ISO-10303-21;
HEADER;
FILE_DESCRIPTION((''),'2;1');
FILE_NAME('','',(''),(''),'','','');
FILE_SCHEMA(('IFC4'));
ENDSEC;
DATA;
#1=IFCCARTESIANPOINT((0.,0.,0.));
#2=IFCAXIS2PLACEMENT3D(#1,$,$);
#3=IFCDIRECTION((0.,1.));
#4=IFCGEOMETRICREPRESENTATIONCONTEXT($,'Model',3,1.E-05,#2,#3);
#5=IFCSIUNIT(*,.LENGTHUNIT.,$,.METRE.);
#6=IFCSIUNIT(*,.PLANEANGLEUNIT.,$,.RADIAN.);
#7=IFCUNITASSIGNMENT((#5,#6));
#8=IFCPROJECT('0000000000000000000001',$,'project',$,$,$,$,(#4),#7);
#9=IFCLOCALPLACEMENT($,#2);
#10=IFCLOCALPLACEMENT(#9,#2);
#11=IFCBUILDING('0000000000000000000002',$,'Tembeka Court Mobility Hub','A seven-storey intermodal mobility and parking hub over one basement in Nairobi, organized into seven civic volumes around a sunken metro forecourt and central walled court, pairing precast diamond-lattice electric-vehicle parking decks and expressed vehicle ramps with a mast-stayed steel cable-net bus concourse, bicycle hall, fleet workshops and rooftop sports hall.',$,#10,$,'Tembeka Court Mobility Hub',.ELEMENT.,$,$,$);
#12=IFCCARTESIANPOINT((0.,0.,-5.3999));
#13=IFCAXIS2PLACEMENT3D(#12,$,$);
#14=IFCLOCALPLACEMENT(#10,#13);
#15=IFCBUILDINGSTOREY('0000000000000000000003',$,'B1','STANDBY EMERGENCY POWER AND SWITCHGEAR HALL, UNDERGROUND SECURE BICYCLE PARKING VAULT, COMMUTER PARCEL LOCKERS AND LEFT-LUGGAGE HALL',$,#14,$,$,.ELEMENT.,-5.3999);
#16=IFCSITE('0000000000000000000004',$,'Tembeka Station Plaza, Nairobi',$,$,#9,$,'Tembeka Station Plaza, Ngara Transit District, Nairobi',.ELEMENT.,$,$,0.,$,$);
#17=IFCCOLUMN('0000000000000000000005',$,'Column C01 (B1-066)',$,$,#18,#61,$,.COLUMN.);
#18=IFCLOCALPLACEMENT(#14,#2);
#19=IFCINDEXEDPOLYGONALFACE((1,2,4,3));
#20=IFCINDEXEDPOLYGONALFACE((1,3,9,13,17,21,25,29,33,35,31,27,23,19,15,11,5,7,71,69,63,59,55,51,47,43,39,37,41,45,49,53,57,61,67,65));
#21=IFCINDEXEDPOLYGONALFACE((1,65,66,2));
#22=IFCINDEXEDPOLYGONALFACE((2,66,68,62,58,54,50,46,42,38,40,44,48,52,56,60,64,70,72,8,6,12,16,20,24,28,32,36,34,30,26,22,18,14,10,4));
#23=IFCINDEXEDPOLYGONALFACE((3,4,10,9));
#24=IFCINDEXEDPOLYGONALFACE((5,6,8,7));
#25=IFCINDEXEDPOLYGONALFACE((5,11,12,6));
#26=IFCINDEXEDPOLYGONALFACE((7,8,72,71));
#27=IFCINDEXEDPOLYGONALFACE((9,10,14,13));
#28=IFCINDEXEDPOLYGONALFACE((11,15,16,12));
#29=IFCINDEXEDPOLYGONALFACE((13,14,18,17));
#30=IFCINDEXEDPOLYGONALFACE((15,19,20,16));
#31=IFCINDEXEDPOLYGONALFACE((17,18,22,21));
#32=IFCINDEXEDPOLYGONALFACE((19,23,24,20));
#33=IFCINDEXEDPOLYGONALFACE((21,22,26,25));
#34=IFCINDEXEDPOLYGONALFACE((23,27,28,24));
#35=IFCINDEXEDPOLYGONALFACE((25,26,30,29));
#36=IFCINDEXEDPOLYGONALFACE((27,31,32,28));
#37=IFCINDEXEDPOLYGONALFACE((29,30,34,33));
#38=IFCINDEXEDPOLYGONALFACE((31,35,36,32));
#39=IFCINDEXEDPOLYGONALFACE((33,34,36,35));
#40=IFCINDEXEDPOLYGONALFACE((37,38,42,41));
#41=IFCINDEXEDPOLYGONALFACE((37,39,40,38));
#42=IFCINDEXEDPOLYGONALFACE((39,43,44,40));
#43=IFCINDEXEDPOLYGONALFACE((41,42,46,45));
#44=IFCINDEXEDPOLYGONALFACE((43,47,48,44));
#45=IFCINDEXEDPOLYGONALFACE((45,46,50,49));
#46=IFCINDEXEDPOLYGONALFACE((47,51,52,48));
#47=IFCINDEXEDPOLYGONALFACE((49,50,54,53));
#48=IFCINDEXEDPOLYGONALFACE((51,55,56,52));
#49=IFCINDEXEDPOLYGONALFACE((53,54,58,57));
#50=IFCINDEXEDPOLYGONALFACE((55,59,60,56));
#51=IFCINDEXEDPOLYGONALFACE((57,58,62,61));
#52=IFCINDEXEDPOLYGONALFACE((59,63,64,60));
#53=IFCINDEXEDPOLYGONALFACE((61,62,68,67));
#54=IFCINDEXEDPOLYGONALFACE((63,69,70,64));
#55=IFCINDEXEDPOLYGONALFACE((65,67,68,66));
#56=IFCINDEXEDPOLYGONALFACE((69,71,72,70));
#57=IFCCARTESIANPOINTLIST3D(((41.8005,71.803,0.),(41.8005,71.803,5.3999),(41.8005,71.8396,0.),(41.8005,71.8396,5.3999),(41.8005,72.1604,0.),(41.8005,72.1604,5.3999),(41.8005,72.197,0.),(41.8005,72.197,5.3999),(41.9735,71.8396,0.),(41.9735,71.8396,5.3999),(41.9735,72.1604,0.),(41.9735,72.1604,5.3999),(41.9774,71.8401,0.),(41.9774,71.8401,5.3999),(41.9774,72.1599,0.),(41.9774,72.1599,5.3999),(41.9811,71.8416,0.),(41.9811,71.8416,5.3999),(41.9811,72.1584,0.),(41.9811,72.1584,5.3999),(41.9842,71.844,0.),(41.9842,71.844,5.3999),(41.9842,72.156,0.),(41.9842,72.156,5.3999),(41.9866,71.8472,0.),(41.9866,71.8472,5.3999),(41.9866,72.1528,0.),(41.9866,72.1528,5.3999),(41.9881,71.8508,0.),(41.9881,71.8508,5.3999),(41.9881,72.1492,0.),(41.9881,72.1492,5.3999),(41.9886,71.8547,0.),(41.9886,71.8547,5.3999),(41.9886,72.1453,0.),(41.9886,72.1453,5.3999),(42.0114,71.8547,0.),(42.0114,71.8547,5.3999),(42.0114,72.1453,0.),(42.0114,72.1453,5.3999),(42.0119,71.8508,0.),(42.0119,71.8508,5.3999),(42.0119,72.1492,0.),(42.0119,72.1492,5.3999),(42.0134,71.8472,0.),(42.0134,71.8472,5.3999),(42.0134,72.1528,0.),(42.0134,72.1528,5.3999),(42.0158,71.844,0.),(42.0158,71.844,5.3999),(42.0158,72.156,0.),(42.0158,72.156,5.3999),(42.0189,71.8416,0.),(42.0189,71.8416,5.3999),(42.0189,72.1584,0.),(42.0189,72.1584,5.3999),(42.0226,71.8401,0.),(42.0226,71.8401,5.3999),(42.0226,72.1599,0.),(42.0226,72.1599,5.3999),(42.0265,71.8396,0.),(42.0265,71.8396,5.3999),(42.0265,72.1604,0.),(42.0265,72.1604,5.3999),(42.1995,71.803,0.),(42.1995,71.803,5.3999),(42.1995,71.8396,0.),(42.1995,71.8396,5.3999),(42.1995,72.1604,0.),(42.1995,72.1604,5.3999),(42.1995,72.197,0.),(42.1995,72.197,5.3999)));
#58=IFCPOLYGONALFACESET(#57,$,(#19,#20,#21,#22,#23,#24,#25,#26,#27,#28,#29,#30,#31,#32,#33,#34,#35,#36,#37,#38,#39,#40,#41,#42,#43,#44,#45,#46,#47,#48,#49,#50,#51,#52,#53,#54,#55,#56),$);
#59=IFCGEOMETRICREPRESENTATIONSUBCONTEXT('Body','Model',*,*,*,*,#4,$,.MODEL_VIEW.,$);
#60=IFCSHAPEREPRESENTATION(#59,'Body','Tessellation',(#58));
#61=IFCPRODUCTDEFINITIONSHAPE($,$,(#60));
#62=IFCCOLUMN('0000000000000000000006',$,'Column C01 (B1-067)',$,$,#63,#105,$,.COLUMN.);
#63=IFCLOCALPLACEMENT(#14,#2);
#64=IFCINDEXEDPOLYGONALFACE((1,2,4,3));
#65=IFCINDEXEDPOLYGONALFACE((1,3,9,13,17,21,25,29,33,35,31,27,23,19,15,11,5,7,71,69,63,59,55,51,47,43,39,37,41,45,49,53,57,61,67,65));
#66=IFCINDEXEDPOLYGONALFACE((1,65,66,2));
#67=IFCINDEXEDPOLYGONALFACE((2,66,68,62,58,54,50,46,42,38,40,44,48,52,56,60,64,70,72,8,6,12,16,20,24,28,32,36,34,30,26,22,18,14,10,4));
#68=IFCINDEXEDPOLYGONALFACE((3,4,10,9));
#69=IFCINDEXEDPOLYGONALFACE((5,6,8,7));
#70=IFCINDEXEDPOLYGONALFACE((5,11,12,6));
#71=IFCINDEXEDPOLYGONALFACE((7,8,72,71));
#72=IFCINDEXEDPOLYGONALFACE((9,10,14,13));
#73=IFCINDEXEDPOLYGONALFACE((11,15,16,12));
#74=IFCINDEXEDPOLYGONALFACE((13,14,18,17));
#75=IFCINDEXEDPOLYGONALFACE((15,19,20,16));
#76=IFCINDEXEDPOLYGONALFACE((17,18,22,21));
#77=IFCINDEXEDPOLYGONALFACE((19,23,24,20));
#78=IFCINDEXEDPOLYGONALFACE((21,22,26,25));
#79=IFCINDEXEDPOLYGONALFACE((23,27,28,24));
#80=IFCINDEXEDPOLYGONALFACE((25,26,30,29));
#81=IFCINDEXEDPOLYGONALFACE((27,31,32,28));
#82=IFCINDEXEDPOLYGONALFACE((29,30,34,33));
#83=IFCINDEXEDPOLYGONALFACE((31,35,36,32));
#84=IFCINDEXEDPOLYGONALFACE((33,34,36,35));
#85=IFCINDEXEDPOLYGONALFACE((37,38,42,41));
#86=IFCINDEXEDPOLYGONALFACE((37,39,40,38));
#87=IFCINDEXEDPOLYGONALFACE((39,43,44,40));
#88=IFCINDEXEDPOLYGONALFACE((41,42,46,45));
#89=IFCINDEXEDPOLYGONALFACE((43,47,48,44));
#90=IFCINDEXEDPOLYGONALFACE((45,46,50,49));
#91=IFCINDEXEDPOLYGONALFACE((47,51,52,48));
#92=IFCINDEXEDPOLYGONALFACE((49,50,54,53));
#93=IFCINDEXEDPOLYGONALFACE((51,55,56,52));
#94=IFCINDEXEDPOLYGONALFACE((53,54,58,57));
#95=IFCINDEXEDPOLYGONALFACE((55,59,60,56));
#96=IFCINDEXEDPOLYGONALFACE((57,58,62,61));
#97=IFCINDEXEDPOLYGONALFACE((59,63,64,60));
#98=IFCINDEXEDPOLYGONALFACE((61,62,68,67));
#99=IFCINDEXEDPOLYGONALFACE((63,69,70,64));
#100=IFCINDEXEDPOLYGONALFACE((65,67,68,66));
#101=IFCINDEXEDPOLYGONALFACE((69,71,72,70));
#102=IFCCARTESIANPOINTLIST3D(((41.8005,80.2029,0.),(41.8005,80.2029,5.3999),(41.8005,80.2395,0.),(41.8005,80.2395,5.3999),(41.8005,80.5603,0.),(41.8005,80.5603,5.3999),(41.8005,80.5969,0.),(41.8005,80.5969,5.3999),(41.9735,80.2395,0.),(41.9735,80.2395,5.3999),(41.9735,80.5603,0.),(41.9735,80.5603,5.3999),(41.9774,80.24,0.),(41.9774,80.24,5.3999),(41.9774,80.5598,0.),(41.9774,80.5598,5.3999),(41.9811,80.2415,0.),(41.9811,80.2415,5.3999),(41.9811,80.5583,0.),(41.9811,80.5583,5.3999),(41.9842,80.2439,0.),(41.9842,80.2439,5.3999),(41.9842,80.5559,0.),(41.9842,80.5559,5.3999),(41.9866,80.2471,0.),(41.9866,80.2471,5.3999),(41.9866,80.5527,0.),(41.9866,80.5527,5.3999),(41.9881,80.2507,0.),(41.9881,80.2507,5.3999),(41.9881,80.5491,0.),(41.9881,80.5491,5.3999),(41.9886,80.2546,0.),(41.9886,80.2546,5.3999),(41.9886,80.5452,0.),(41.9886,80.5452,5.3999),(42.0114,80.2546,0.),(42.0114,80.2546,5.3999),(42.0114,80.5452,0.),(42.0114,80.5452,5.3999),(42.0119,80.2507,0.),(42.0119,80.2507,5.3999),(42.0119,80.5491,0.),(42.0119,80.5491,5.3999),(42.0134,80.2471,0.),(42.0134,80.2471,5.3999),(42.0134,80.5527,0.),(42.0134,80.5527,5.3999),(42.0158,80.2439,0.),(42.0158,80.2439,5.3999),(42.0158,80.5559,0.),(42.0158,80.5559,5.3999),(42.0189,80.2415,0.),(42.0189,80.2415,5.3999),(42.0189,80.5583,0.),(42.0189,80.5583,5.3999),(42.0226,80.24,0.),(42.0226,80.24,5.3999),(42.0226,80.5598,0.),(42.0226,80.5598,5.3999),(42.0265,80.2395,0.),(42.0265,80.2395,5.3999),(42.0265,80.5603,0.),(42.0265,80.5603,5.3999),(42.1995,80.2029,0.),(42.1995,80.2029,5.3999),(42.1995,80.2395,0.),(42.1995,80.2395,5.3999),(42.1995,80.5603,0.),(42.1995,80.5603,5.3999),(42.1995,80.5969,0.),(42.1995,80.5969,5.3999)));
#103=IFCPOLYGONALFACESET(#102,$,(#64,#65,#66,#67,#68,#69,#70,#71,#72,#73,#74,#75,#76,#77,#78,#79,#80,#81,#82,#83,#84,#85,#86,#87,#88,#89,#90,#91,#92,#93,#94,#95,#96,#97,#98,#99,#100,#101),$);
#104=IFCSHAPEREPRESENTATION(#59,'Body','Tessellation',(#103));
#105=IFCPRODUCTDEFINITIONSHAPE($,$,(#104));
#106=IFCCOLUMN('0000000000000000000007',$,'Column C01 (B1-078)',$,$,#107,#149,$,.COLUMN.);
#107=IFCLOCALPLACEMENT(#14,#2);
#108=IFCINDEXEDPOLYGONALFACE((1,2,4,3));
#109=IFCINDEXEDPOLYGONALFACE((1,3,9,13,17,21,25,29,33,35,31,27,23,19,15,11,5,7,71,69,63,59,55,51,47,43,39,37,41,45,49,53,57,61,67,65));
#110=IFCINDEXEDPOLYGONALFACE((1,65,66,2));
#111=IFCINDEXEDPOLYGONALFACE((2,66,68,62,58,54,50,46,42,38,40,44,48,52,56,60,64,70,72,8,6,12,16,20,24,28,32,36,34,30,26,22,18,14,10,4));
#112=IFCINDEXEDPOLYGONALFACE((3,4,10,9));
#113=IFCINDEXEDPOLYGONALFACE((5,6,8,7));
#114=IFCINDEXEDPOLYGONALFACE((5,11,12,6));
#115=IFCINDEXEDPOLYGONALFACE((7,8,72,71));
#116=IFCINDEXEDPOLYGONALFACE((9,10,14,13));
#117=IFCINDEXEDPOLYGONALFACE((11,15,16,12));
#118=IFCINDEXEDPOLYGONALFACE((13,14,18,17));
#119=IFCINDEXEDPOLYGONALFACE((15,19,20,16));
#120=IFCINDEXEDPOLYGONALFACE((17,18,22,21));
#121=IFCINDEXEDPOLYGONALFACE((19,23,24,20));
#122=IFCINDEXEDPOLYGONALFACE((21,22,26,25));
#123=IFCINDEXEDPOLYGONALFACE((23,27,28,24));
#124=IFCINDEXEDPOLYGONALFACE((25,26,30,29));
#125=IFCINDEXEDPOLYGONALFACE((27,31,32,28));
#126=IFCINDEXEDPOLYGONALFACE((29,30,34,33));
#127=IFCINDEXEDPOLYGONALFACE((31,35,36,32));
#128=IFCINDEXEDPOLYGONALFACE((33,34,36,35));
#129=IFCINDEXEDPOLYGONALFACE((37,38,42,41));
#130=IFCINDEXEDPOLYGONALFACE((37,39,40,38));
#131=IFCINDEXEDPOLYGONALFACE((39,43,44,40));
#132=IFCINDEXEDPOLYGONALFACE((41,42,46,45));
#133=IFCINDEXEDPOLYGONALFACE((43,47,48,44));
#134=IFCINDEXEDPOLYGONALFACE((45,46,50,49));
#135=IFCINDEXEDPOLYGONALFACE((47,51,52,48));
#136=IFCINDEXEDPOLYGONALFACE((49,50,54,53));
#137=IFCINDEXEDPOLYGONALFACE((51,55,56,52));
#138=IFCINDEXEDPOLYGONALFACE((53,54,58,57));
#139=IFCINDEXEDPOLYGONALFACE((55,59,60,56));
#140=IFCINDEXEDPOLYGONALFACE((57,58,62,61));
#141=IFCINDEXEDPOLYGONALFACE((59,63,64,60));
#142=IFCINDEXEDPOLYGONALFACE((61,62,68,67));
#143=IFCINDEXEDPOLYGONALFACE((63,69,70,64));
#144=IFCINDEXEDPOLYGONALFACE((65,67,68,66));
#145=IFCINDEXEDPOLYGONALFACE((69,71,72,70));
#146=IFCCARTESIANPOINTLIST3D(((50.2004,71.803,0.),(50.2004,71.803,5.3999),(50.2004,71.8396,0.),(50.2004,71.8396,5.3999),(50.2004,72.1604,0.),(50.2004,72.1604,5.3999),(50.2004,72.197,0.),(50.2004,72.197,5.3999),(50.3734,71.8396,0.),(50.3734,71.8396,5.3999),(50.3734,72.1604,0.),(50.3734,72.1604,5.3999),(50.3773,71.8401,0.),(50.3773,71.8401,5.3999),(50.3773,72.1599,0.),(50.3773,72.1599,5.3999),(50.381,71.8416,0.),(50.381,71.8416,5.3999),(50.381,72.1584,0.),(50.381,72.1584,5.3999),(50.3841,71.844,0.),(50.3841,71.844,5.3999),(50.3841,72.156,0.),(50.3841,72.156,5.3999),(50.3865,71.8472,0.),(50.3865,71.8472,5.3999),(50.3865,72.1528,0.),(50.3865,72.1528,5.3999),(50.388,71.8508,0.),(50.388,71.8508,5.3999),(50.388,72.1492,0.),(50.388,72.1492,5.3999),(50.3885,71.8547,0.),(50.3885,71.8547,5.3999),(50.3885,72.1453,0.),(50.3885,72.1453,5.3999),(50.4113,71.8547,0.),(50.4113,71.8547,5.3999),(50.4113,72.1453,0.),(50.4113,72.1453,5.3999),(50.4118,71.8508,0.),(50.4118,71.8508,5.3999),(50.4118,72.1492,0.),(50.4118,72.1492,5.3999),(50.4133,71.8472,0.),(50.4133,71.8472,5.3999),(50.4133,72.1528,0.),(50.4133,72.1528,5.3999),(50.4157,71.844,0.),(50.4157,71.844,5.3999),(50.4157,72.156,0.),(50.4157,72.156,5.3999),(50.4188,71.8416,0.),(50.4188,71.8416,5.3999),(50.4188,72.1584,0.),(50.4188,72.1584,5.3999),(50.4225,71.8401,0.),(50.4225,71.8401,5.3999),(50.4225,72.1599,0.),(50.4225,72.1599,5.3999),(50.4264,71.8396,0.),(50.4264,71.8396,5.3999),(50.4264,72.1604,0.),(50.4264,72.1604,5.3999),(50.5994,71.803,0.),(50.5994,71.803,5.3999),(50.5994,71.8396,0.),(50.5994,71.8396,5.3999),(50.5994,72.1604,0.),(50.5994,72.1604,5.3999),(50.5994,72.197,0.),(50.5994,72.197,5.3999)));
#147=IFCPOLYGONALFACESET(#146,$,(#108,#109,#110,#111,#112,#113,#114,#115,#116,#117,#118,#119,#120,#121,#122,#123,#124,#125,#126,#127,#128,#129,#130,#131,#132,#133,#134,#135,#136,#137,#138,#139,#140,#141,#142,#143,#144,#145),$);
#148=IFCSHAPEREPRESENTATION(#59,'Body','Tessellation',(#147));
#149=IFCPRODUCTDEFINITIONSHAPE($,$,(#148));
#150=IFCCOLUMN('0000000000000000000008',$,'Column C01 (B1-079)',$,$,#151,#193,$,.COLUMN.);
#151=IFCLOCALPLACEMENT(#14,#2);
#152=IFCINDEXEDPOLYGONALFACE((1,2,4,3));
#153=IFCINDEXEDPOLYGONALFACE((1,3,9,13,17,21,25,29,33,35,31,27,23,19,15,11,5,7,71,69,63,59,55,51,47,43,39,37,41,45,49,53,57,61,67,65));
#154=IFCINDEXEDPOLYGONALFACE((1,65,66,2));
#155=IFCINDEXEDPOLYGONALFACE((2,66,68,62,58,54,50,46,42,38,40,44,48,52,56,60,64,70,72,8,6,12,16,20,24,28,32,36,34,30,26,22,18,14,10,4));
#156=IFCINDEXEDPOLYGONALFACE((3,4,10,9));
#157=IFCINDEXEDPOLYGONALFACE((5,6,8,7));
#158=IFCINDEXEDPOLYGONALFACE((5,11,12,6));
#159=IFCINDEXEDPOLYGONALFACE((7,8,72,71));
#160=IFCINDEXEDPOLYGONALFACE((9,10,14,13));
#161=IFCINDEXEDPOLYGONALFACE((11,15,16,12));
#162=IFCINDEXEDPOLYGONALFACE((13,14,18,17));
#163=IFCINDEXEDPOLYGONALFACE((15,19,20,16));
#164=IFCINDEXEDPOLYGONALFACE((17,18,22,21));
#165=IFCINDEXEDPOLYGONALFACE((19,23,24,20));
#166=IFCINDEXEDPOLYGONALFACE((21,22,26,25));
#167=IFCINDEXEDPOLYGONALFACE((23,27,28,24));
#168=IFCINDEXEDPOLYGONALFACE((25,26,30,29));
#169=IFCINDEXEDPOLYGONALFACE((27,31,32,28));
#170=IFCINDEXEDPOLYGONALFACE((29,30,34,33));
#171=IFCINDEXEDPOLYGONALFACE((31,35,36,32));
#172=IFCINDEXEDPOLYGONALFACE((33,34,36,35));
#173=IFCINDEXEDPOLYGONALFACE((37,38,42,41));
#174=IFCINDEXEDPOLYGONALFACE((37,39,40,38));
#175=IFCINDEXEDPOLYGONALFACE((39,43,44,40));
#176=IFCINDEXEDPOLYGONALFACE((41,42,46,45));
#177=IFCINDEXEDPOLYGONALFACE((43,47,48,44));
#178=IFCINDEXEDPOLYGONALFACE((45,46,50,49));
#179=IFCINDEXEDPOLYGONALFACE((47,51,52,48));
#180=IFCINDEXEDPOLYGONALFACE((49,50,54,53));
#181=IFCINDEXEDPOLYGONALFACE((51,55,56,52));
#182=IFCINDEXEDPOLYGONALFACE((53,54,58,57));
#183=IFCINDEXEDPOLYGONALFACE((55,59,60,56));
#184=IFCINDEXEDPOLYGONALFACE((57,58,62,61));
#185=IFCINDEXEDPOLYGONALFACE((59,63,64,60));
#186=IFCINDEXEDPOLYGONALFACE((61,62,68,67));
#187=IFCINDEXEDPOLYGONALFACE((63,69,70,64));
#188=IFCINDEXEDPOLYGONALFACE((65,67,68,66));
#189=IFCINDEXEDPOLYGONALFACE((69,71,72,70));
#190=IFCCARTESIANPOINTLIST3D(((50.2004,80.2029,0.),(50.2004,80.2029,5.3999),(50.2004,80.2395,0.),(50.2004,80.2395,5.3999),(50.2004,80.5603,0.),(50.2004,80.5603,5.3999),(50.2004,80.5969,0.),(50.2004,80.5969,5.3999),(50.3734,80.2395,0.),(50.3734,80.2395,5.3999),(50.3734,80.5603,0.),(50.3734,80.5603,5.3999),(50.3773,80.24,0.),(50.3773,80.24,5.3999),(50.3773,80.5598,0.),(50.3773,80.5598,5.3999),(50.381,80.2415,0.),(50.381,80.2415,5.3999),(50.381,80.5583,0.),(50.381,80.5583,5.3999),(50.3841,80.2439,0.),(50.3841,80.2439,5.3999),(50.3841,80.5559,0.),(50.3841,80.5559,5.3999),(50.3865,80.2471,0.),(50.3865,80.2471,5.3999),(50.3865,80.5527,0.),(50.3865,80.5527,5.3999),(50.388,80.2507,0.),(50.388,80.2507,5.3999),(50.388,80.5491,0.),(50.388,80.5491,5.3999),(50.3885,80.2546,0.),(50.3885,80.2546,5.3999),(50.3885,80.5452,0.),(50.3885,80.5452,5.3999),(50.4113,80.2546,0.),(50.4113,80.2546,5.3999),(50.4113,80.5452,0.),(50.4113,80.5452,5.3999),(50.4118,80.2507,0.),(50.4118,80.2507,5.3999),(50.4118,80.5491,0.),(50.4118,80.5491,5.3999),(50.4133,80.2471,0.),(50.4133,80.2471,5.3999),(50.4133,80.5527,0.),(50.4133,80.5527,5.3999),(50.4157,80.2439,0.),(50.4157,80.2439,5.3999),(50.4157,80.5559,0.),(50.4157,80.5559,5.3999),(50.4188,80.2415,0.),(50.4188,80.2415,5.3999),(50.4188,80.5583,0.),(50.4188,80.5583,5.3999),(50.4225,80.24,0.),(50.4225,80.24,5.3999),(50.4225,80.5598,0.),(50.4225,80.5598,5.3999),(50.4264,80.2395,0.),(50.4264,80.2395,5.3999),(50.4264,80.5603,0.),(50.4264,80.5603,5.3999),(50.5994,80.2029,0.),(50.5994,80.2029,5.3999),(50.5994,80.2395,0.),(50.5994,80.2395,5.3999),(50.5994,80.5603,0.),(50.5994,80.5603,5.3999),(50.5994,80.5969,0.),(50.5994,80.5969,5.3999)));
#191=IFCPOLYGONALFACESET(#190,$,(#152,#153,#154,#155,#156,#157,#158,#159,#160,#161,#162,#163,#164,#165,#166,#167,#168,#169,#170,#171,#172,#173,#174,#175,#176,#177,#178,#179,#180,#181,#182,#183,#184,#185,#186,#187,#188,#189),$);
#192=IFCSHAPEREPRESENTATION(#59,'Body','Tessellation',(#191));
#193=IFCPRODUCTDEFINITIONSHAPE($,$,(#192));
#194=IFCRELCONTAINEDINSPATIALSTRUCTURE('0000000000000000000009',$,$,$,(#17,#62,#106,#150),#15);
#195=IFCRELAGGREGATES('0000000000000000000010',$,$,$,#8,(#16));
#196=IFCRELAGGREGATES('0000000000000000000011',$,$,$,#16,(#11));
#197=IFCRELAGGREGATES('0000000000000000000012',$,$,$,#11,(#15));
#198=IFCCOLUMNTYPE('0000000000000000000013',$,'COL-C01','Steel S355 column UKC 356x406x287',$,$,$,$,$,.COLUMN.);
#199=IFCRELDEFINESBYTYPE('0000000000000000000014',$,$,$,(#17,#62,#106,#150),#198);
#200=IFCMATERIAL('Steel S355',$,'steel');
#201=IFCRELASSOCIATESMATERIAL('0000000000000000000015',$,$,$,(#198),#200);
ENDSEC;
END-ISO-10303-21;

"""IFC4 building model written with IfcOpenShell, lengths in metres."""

from ifc_helpers import new_model, si_unit, direction, frame, origin, origin_2d, place, context, subcontext, project, spatial, i_section, extrude, material, material_profile, profile_set, type_object, element, save


model = new_model("IFC4")

# Units and contexts
model_context = context("Model", 3, precision=1e-05, world=origin(), true_north=direction((0.0, 1.0)))
body_context = subcontext(model_context, "Body", "Model", "MODEL_VIEW")
ifc_project = project(units=[si_unit("LENGTHUNIT", "METRE"), si_unit("PLANEANGLEUNIT", "RADIAN")], contexts=[model_context])

# Site, building, storey
site_placement = place(None, origin())
site = spatial("IfcSite", under=ifc_project, at=site_placement, Name="Tembeka Station Plaza, Nairobi", LongName="Tembeka Station Plaza, Ngara Transit District, Nairobi", CompositionType="ELEMENT", RefElevation=0.0)
building_placement = place(site_placement, origin())
building = spatial("IfcBuilding", under=site, at=building_placement, Name="Tembeka Court Mobility Hub", Description="A seven-storey intermodal mobility and parking hub over one basement in Nairobi, organized into seven civic volumes around a sunken metro forecourt and central walled court, pairing precast diamond-lattice electric-vehicle parking decks and expressed vehicle ramps with a mast-stayed steel cable-net bus concourse, bicycle hall, fleet workshops and rooftop sports hall.", LongName="Tembeka Court Mobility Hub", CompositionType="ELEMENT")
storey_placement = place(building_placement, frame((0.0, 0.0, -5.3999)))
storey = spatial("IfcBuildingStorey", under=building, at=storey_placement, Name="B1", Description="STANDBY EMERGENCY POWER AND SWITCHGEAR HALL, UNDERGROUND SECURE BICYCLE PARKING VAULT, COMMUTER PARCEL LOCKERS AND LEFT-LUGGAGE HALL", CompositionType="ELEMENT", Elevation=-5.3999)

# Columns
ifc_material_1 = material(Name="Steel S355", Category="steel")
ifc_material_profile_1 = material_profile(ifc_material_1, i_section(OverallWidth=0.3989, OverallDepth=0.394, WebThickness=0.0227, FlangeThickness=0.0366, FilletRadius=0.0151, at=origin_2d()), Name="UKC 356x406x287")
ifc_profile_set_1 = profile_set([ifc_material_profile_1], Name="Steel S355")
column_type = type_object("IfcColumnType", Name="COL-C01", Description="Steel S355 column UKC 356x406x287", PredefinedType="COLUMN", material=ifc_profile_set_1)
for number, where, z_axis, x_axis, name in (
    (1, (42.0, 72.0, 0.0), (0.0, 0.0, 1.0), (1.0, 0.0, 0.0), "Column C01 (B1-066)"),
    (2, (42.0, 80.3999, 0.0), (0.0, 0.0, 1.0), (1.0, 0.0, 0.0), "Column C01 (B1-067)"),
    (3, (50.3999, 72.0, 0.0), (0.0, 0.0, 1.0), (1.0, 0.0, 0.0), "Column C01 (B1-078)"),
    (4, (50.3999, 80.3999, 0.0), (0.0, 0.0, 1.0), (1.0, 0.0, 0.0), "Column C01 (B1-079)"),
):
    element("IfcColumn", number, at=place(storey_placement, frame(where, z_axis=z_axis, x_axis=x_axis)), inside=storey, type_object=column_type, Name=name, PredefinedType="COLUMN", context=body_context, shape_type="SweptSolid", body=[
        extrude(i_section(OverallWidth=0.3989, OverallDepth=0.394, WebThickness=0.0227, FlangeThickness=0.0366, FilletRadius=0.0151, at=origin_2d()), origin(), (0.0, 0.0, 1.0), 5.3999),
    ])

save(model, "model.ifc")
